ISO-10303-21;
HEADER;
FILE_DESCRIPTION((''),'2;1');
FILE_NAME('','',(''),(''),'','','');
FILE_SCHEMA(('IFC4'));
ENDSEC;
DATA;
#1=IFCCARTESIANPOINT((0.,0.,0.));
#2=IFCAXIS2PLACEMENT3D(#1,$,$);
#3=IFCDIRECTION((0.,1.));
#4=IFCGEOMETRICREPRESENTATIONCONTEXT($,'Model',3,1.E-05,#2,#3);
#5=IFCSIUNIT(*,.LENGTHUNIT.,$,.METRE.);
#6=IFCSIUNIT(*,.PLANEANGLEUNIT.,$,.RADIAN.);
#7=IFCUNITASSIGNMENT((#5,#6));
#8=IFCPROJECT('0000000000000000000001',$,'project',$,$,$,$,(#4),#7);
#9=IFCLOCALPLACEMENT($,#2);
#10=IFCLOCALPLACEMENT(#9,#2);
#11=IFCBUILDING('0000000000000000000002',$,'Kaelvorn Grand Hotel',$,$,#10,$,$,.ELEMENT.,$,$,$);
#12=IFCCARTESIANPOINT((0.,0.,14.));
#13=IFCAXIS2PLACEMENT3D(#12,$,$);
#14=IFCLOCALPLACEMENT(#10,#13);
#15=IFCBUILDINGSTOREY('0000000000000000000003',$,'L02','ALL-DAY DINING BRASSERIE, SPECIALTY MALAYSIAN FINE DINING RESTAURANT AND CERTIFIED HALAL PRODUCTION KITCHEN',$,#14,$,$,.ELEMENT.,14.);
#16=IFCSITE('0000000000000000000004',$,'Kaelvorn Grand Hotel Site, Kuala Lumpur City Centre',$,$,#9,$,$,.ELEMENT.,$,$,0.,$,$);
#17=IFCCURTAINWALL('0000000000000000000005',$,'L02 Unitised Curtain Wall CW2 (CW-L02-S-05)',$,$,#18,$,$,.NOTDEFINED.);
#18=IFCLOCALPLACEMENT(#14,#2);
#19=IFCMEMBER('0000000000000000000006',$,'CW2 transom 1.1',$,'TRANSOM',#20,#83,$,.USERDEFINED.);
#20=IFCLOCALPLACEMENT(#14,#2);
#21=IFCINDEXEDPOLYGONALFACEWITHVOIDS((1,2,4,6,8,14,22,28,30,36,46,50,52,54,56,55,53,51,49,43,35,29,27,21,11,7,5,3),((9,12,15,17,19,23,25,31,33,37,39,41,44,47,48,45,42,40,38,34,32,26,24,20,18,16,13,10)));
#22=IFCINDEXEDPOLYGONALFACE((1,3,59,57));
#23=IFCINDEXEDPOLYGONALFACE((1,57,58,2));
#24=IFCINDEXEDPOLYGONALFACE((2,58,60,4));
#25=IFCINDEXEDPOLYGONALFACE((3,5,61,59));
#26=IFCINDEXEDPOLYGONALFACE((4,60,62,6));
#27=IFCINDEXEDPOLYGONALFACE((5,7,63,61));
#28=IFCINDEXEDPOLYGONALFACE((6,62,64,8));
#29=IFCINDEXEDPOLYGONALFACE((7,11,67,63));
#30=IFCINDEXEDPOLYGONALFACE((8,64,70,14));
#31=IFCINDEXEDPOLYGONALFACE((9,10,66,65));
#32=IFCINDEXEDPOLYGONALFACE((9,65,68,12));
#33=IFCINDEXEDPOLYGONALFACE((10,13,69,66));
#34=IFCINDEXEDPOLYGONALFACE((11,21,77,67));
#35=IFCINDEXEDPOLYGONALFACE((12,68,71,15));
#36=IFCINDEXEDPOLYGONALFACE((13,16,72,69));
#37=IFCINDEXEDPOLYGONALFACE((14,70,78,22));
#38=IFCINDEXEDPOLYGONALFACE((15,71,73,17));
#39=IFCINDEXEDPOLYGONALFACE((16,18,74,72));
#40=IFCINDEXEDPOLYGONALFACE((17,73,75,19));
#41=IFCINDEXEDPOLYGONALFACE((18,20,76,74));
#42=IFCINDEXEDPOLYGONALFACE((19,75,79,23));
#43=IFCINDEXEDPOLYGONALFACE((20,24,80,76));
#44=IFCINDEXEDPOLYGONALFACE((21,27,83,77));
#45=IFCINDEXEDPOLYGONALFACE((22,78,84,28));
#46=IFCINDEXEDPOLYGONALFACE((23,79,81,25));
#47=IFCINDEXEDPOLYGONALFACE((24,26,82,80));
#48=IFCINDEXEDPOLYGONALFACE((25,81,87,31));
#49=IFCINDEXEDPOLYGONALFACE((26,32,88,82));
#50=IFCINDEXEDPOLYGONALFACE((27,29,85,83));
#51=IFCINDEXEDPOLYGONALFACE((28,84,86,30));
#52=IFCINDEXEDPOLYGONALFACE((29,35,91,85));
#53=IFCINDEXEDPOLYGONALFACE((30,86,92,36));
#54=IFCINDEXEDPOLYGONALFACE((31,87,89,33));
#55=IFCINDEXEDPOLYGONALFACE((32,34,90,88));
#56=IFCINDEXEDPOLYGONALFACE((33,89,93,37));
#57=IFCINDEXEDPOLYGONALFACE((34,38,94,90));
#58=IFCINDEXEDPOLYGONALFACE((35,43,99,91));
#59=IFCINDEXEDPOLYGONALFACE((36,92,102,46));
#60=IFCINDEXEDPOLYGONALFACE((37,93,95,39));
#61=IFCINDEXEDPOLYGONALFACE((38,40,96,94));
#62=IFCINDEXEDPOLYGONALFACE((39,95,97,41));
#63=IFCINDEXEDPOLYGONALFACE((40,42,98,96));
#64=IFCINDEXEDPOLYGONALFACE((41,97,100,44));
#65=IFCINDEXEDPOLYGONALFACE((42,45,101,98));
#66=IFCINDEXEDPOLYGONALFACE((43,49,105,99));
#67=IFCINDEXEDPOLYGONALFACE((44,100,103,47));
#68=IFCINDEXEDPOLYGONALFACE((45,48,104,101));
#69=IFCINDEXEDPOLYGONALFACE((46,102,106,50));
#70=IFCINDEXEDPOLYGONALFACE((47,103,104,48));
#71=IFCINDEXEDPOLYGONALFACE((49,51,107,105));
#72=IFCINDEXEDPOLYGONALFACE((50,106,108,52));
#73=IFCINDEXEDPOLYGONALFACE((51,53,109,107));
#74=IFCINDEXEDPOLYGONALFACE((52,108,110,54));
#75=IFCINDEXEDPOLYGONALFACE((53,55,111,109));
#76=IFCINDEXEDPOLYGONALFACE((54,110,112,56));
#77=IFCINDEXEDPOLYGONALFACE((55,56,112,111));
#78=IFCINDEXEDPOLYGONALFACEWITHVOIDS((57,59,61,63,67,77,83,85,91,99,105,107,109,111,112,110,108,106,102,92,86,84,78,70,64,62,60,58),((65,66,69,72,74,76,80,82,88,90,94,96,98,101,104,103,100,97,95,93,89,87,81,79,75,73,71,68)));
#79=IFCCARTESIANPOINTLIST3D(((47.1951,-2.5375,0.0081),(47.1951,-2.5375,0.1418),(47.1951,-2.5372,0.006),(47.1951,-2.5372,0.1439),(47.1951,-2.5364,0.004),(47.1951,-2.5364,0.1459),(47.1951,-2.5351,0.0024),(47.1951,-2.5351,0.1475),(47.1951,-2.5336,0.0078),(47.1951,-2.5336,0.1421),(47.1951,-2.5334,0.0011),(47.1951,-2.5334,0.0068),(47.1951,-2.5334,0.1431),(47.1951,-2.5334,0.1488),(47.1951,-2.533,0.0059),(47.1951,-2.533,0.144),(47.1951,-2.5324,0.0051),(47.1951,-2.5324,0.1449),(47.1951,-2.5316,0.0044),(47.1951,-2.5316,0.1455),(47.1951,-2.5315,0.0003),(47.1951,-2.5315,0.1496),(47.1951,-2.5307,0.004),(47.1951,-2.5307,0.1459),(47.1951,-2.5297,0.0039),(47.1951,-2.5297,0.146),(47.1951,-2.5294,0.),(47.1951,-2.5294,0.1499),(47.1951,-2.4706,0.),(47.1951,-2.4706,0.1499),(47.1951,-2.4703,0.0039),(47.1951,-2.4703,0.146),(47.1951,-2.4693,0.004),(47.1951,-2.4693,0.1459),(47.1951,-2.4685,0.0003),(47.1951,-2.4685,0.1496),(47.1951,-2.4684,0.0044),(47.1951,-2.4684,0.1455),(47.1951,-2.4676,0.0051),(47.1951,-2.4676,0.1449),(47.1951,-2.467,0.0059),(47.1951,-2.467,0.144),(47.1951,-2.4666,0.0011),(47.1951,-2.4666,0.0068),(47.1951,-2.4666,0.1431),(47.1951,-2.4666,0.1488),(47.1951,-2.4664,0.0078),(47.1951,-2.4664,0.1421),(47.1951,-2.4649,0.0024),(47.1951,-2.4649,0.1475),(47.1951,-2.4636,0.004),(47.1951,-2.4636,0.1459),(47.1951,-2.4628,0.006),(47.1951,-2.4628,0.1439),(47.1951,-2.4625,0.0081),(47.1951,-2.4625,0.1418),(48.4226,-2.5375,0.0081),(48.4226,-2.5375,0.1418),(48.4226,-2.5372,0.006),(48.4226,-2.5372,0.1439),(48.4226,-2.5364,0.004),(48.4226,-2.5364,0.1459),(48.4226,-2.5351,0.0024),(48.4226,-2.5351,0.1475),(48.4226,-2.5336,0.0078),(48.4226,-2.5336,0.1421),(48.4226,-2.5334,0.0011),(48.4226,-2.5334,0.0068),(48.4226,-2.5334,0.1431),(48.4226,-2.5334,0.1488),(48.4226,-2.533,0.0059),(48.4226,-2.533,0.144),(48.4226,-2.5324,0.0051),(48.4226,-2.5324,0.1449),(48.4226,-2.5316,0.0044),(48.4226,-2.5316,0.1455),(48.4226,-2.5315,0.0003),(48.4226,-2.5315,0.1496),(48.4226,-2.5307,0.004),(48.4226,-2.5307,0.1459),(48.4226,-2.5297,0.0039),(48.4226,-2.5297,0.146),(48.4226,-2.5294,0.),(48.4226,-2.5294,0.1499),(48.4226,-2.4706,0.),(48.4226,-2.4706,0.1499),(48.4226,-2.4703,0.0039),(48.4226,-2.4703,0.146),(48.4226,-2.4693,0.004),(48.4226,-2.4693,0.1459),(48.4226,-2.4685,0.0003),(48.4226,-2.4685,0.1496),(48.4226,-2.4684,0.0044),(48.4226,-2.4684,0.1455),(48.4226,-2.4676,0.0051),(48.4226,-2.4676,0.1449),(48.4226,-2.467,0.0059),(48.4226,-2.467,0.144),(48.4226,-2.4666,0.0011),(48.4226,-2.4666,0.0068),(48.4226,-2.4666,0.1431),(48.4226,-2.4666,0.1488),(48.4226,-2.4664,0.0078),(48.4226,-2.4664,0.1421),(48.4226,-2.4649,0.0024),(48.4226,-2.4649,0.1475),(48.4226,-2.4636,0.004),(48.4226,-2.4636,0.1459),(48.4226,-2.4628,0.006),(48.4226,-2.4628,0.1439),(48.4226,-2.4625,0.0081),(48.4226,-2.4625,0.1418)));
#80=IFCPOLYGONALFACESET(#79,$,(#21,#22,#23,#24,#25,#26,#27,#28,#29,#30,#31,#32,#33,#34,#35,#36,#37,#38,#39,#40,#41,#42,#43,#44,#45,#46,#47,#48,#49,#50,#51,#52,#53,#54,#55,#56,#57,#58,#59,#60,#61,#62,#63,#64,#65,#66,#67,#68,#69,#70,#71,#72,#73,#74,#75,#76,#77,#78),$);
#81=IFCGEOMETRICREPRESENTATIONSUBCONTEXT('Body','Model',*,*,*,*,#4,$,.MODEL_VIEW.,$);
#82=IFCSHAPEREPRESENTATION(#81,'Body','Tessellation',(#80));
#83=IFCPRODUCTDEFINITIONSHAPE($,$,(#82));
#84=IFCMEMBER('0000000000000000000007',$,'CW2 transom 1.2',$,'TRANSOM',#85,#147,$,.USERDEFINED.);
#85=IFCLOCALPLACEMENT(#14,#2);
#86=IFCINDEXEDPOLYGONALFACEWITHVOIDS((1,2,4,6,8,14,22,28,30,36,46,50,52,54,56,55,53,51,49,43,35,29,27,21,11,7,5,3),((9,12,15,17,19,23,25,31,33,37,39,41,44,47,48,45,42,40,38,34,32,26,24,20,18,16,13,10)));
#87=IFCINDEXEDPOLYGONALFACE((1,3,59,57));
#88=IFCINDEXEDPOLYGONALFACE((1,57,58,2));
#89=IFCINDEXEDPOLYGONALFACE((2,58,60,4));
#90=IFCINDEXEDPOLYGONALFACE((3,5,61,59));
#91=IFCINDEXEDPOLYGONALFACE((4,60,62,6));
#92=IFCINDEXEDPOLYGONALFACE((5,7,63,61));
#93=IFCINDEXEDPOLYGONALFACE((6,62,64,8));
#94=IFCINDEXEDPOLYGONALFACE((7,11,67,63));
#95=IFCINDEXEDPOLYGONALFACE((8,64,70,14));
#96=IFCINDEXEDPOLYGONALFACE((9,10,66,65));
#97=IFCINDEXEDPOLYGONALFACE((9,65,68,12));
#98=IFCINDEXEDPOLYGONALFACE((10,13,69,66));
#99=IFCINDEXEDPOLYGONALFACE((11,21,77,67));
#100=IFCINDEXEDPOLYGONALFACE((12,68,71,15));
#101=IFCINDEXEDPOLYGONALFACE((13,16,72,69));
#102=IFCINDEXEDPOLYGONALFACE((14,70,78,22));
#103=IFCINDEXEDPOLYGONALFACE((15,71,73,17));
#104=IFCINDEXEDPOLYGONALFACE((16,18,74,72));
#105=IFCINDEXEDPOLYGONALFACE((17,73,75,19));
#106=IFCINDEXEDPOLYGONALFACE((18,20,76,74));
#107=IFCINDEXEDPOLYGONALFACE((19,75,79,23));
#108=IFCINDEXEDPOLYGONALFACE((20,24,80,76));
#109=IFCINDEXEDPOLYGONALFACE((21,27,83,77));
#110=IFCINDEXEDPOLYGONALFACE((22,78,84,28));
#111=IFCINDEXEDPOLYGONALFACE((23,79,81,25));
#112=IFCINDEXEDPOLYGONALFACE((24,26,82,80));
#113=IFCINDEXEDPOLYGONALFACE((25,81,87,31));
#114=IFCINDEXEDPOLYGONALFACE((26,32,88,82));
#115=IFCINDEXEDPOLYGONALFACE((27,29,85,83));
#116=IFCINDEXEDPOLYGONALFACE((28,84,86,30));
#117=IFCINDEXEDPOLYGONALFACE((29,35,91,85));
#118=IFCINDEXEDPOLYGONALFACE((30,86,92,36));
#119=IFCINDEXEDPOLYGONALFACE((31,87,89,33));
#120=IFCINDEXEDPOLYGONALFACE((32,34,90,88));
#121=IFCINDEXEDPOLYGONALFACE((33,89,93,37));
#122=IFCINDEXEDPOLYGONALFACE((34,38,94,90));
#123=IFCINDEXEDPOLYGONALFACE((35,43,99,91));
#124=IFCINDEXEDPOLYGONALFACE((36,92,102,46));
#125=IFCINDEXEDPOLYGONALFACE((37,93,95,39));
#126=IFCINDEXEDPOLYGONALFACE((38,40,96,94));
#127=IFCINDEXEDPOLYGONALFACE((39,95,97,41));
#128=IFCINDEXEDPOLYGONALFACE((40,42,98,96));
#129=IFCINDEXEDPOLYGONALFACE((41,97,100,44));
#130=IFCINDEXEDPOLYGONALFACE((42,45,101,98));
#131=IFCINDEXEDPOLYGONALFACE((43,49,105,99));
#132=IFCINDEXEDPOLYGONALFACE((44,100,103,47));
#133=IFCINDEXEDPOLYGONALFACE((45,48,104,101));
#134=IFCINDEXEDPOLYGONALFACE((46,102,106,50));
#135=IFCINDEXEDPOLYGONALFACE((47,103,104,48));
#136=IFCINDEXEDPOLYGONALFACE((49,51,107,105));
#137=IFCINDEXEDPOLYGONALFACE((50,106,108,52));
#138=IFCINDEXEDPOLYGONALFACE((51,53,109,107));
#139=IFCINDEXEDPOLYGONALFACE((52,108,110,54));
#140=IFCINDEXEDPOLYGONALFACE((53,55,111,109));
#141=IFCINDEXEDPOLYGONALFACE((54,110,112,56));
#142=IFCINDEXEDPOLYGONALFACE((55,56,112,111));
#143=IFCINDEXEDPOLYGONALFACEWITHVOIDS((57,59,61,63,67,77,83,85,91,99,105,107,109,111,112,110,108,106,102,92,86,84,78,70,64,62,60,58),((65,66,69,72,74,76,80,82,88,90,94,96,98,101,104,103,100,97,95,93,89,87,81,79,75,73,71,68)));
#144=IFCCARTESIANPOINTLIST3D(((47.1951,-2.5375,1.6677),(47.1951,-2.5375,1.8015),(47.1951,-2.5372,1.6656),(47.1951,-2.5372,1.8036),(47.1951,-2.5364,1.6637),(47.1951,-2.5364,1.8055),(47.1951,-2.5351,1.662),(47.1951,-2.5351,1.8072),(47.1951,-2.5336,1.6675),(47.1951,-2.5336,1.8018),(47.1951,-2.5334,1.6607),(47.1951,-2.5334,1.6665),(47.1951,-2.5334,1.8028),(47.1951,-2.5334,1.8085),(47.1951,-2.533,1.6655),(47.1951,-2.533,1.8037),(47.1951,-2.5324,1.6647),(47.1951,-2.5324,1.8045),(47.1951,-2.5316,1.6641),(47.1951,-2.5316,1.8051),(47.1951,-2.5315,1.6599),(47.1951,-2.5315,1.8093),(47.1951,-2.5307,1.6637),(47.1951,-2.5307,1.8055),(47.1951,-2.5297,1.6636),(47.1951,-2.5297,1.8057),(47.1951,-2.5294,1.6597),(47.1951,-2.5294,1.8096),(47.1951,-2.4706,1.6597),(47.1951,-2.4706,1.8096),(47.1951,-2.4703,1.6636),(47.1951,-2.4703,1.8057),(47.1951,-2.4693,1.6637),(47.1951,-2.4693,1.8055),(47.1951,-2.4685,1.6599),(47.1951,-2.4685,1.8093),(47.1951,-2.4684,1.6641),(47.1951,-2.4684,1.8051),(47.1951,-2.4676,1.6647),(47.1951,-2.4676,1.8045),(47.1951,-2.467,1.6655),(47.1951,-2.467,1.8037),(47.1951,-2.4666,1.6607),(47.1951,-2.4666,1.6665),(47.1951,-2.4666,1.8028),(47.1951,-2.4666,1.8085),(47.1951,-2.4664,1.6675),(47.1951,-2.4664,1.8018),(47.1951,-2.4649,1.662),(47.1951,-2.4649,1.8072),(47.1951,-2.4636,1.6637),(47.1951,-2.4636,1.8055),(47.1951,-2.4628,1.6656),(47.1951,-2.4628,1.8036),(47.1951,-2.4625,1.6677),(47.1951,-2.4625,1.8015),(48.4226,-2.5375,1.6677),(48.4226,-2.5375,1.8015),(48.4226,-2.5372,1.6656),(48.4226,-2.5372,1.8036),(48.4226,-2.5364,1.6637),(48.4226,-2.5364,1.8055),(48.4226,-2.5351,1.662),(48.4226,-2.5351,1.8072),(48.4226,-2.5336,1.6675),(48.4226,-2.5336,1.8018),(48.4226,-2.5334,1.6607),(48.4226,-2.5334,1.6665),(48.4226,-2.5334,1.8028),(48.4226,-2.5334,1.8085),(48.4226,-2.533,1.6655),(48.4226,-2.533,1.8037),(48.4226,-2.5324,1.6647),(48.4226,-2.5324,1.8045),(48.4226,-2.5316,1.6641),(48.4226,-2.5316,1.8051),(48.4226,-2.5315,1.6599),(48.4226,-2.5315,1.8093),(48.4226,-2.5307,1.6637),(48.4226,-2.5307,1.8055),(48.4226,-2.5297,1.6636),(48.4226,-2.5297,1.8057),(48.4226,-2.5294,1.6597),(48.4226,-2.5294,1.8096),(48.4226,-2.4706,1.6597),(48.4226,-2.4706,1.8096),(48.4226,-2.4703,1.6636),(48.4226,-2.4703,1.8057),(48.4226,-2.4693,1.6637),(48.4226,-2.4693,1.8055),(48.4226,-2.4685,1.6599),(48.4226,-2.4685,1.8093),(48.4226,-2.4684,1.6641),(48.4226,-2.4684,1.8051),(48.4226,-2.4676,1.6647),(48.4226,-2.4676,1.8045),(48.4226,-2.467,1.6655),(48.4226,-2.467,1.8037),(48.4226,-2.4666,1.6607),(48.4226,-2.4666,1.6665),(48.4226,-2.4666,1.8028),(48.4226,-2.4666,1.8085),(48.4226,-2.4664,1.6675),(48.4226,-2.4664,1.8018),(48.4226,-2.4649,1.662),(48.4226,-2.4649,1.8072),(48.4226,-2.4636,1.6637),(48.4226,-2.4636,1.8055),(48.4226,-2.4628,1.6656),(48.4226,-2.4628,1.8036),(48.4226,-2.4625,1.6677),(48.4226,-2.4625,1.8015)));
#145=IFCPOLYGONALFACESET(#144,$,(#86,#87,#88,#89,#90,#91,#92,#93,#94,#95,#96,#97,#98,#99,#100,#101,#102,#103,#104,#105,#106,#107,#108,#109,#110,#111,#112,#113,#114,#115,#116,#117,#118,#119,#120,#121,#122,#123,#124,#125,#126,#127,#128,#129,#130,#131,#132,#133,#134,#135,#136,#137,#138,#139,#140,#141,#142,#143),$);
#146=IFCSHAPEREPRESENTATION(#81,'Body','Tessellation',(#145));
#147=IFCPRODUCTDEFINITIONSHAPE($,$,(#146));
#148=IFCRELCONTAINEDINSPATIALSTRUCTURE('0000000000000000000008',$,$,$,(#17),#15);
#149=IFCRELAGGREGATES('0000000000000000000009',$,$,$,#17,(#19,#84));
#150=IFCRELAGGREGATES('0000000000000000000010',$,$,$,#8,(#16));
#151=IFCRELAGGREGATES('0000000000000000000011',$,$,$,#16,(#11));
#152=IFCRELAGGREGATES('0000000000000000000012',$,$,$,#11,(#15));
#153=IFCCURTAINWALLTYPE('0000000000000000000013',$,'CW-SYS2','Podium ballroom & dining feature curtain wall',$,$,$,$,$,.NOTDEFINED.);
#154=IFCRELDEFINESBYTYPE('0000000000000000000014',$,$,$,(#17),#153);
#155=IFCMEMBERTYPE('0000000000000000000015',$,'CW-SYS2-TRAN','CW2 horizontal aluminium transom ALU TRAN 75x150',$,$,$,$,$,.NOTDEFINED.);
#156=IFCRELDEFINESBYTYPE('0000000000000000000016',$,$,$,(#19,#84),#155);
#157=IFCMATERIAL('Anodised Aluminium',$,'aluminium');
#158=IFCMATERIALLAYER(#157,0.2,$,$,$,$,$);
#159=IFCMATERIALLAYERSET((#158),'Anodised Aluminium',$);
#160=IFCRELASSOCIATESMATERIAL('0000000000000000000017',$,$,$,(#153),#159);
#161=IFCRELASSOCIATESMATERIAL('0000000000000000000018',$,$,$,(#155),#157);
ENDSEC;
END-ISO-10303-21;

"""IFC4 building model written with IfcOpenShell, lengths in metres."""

from ifc_helpers import new_model, si_unit, direction, frame, origin, origin_2d, place, context, subcontext, project, spatial, hollow_rectangle, extrude, material, layer, layer_set, material_profile, profile_set, type_object, element, aggregate, save


model = new_model("IFC4")

# Units and contexts
model_context = context("Model", 3, precision=1e-05, world=origin(), true_north=direction((0.0, 1.0)))
body_context = subcontext(model_context, "Body", "Model", "MODEL_VIEW")
ifc_project = project(units=[si_unit("LENGTHUNIT", "METRE"), si_unit("PLANEANGLEUNIT", "RADIAN")], contexts=[model_context])

# Site, building, storey
site_placement = place(None, origin())
site = spatial("IfcSite", under=ifc_project, at=site_placement, Name="Kaelvorn Grand Hotel Site, Kuala Lumpur City Centre", CompositionType="ELEMENT", RefElevation=0.0)
building_placement = place(site_placement, origin())
building = spatial("IfcBuilding", under=site, at=building_placement, Name="Kaelvorn Grand Hotel", CompositionType="ELEMENT")
storey_placement = place(building_placement, frame((0.0, 0.0, 14.0)))
storey = spatial("IfcBuildingStorey", under=building, at=storey_placement, Name="L02", Description="ALL-DAY DINING BRASSERIE, SPECIALTY MALAYSIAN FINE DINING RESTAURANT AND CERTIFIED HALAL PRODUCTION KITCHEN", CompositionType="ELEMENT", Elevation=14.0)

# Curtain wall
ifc_material_1 = material(Name="Anodised Aluminium", Category="aluminium")
ifc_layer_1 = layer(ifc_material_1, 0.2)
ifc_layer_set_1 = layer_set([ifc_layer_1], Name="Anodised Aluminium")
curtain_wall_type = type_object("IfcCurtainWallType", Name="CW-SYS2", Description="Podium ballroom & dining feature curtain wall", PredefinedType="NOTDEFINED", material=ifc_layer_set_1)
curtain_wall_1_placement = place(storey_placement, origin())
curtain_wall_1 = element("IfcCurtainWall", 1, at=curtain_wall_1_placement, inside=storey, type_object=curtain_wall_type, Name="L02 Unitised Curtain Wall CW2 (CW-L02-S-05)", PredefinedType="NOTDEFINED")

# Members
ifc_material_profile_1 = material_profile(ifc_material_1, hollow_rectangle(XDim=0.075, YDim=0.1499, WallThickness=0.0039, InnerFilletRadius=0.0039, OuterFilletRadius=0.0081, at=origin_2d()), Name="ALU TRAN 75x150")
ifc_profile_set_1 = profile_set([ifc_material_profile_1], Name="Anodised Aluminium")
member_type_1 = type_object("IfcMemberType", Name="CW-SYS2-TRAN", Description="CW2 horizontal aluminium transom ALU TRAN 75x150", PredefinedType="NOTDEFINED", material=ifc_profile_set_1)
member_1_placement = place(storey_placement, frame((47.1951, -2.5, 0.075), z_axis=(1.0, 0.0, 0.0), x_axis=(0.0, 1.0, 0.0)))
member_1 = element("IfcMember", 2, at=member_1_placement, type_object=member_type_1, Name="CW2 transom 1.1", ObjectType="TRANSOM", PredefinedType="USERDEFINED", context=body_context, shape_type="SweptSolid", body=[
    extrude(hollow_rectangle(XDim=0.075, YDim=0.1499, WallThickness=0.0039, InnerFilletRadius=0.0039, OuterFilletRadius=0.0081, at=origin_2d()), origin(), (0.0, 0.0, 1.0), 1.2275),
])
member_2_placement = place(storey_placement, frame((47.1951, -2.5, 1.7346), z_axis=(1.0, 0.0, 0.0), x_axis=(0.0, 1.0, 0.0)))
member_2 = element("IfcMember", 3, at=member_2_placement, type_object=member_type_1, Name="CW2 transom 1.2", ObjectType="TRANSOM", PredefinedType="USERDEFINED", context=body_context, shape_type="SweptSolid", body=[
    extrude(hollow_rectangle(XDim=0.075, YDim=0.1499, WallThickness=0.0039, InnerFilletRadius=0.0039, OuterFilletRadius=0.0081, at=origin_2d()), origin(), (0.0, 0.0, 1.0), 1.2275),
])

aggregate(curtain_wall_1, [member_1, member_2])

save(model, "model.ifc")
